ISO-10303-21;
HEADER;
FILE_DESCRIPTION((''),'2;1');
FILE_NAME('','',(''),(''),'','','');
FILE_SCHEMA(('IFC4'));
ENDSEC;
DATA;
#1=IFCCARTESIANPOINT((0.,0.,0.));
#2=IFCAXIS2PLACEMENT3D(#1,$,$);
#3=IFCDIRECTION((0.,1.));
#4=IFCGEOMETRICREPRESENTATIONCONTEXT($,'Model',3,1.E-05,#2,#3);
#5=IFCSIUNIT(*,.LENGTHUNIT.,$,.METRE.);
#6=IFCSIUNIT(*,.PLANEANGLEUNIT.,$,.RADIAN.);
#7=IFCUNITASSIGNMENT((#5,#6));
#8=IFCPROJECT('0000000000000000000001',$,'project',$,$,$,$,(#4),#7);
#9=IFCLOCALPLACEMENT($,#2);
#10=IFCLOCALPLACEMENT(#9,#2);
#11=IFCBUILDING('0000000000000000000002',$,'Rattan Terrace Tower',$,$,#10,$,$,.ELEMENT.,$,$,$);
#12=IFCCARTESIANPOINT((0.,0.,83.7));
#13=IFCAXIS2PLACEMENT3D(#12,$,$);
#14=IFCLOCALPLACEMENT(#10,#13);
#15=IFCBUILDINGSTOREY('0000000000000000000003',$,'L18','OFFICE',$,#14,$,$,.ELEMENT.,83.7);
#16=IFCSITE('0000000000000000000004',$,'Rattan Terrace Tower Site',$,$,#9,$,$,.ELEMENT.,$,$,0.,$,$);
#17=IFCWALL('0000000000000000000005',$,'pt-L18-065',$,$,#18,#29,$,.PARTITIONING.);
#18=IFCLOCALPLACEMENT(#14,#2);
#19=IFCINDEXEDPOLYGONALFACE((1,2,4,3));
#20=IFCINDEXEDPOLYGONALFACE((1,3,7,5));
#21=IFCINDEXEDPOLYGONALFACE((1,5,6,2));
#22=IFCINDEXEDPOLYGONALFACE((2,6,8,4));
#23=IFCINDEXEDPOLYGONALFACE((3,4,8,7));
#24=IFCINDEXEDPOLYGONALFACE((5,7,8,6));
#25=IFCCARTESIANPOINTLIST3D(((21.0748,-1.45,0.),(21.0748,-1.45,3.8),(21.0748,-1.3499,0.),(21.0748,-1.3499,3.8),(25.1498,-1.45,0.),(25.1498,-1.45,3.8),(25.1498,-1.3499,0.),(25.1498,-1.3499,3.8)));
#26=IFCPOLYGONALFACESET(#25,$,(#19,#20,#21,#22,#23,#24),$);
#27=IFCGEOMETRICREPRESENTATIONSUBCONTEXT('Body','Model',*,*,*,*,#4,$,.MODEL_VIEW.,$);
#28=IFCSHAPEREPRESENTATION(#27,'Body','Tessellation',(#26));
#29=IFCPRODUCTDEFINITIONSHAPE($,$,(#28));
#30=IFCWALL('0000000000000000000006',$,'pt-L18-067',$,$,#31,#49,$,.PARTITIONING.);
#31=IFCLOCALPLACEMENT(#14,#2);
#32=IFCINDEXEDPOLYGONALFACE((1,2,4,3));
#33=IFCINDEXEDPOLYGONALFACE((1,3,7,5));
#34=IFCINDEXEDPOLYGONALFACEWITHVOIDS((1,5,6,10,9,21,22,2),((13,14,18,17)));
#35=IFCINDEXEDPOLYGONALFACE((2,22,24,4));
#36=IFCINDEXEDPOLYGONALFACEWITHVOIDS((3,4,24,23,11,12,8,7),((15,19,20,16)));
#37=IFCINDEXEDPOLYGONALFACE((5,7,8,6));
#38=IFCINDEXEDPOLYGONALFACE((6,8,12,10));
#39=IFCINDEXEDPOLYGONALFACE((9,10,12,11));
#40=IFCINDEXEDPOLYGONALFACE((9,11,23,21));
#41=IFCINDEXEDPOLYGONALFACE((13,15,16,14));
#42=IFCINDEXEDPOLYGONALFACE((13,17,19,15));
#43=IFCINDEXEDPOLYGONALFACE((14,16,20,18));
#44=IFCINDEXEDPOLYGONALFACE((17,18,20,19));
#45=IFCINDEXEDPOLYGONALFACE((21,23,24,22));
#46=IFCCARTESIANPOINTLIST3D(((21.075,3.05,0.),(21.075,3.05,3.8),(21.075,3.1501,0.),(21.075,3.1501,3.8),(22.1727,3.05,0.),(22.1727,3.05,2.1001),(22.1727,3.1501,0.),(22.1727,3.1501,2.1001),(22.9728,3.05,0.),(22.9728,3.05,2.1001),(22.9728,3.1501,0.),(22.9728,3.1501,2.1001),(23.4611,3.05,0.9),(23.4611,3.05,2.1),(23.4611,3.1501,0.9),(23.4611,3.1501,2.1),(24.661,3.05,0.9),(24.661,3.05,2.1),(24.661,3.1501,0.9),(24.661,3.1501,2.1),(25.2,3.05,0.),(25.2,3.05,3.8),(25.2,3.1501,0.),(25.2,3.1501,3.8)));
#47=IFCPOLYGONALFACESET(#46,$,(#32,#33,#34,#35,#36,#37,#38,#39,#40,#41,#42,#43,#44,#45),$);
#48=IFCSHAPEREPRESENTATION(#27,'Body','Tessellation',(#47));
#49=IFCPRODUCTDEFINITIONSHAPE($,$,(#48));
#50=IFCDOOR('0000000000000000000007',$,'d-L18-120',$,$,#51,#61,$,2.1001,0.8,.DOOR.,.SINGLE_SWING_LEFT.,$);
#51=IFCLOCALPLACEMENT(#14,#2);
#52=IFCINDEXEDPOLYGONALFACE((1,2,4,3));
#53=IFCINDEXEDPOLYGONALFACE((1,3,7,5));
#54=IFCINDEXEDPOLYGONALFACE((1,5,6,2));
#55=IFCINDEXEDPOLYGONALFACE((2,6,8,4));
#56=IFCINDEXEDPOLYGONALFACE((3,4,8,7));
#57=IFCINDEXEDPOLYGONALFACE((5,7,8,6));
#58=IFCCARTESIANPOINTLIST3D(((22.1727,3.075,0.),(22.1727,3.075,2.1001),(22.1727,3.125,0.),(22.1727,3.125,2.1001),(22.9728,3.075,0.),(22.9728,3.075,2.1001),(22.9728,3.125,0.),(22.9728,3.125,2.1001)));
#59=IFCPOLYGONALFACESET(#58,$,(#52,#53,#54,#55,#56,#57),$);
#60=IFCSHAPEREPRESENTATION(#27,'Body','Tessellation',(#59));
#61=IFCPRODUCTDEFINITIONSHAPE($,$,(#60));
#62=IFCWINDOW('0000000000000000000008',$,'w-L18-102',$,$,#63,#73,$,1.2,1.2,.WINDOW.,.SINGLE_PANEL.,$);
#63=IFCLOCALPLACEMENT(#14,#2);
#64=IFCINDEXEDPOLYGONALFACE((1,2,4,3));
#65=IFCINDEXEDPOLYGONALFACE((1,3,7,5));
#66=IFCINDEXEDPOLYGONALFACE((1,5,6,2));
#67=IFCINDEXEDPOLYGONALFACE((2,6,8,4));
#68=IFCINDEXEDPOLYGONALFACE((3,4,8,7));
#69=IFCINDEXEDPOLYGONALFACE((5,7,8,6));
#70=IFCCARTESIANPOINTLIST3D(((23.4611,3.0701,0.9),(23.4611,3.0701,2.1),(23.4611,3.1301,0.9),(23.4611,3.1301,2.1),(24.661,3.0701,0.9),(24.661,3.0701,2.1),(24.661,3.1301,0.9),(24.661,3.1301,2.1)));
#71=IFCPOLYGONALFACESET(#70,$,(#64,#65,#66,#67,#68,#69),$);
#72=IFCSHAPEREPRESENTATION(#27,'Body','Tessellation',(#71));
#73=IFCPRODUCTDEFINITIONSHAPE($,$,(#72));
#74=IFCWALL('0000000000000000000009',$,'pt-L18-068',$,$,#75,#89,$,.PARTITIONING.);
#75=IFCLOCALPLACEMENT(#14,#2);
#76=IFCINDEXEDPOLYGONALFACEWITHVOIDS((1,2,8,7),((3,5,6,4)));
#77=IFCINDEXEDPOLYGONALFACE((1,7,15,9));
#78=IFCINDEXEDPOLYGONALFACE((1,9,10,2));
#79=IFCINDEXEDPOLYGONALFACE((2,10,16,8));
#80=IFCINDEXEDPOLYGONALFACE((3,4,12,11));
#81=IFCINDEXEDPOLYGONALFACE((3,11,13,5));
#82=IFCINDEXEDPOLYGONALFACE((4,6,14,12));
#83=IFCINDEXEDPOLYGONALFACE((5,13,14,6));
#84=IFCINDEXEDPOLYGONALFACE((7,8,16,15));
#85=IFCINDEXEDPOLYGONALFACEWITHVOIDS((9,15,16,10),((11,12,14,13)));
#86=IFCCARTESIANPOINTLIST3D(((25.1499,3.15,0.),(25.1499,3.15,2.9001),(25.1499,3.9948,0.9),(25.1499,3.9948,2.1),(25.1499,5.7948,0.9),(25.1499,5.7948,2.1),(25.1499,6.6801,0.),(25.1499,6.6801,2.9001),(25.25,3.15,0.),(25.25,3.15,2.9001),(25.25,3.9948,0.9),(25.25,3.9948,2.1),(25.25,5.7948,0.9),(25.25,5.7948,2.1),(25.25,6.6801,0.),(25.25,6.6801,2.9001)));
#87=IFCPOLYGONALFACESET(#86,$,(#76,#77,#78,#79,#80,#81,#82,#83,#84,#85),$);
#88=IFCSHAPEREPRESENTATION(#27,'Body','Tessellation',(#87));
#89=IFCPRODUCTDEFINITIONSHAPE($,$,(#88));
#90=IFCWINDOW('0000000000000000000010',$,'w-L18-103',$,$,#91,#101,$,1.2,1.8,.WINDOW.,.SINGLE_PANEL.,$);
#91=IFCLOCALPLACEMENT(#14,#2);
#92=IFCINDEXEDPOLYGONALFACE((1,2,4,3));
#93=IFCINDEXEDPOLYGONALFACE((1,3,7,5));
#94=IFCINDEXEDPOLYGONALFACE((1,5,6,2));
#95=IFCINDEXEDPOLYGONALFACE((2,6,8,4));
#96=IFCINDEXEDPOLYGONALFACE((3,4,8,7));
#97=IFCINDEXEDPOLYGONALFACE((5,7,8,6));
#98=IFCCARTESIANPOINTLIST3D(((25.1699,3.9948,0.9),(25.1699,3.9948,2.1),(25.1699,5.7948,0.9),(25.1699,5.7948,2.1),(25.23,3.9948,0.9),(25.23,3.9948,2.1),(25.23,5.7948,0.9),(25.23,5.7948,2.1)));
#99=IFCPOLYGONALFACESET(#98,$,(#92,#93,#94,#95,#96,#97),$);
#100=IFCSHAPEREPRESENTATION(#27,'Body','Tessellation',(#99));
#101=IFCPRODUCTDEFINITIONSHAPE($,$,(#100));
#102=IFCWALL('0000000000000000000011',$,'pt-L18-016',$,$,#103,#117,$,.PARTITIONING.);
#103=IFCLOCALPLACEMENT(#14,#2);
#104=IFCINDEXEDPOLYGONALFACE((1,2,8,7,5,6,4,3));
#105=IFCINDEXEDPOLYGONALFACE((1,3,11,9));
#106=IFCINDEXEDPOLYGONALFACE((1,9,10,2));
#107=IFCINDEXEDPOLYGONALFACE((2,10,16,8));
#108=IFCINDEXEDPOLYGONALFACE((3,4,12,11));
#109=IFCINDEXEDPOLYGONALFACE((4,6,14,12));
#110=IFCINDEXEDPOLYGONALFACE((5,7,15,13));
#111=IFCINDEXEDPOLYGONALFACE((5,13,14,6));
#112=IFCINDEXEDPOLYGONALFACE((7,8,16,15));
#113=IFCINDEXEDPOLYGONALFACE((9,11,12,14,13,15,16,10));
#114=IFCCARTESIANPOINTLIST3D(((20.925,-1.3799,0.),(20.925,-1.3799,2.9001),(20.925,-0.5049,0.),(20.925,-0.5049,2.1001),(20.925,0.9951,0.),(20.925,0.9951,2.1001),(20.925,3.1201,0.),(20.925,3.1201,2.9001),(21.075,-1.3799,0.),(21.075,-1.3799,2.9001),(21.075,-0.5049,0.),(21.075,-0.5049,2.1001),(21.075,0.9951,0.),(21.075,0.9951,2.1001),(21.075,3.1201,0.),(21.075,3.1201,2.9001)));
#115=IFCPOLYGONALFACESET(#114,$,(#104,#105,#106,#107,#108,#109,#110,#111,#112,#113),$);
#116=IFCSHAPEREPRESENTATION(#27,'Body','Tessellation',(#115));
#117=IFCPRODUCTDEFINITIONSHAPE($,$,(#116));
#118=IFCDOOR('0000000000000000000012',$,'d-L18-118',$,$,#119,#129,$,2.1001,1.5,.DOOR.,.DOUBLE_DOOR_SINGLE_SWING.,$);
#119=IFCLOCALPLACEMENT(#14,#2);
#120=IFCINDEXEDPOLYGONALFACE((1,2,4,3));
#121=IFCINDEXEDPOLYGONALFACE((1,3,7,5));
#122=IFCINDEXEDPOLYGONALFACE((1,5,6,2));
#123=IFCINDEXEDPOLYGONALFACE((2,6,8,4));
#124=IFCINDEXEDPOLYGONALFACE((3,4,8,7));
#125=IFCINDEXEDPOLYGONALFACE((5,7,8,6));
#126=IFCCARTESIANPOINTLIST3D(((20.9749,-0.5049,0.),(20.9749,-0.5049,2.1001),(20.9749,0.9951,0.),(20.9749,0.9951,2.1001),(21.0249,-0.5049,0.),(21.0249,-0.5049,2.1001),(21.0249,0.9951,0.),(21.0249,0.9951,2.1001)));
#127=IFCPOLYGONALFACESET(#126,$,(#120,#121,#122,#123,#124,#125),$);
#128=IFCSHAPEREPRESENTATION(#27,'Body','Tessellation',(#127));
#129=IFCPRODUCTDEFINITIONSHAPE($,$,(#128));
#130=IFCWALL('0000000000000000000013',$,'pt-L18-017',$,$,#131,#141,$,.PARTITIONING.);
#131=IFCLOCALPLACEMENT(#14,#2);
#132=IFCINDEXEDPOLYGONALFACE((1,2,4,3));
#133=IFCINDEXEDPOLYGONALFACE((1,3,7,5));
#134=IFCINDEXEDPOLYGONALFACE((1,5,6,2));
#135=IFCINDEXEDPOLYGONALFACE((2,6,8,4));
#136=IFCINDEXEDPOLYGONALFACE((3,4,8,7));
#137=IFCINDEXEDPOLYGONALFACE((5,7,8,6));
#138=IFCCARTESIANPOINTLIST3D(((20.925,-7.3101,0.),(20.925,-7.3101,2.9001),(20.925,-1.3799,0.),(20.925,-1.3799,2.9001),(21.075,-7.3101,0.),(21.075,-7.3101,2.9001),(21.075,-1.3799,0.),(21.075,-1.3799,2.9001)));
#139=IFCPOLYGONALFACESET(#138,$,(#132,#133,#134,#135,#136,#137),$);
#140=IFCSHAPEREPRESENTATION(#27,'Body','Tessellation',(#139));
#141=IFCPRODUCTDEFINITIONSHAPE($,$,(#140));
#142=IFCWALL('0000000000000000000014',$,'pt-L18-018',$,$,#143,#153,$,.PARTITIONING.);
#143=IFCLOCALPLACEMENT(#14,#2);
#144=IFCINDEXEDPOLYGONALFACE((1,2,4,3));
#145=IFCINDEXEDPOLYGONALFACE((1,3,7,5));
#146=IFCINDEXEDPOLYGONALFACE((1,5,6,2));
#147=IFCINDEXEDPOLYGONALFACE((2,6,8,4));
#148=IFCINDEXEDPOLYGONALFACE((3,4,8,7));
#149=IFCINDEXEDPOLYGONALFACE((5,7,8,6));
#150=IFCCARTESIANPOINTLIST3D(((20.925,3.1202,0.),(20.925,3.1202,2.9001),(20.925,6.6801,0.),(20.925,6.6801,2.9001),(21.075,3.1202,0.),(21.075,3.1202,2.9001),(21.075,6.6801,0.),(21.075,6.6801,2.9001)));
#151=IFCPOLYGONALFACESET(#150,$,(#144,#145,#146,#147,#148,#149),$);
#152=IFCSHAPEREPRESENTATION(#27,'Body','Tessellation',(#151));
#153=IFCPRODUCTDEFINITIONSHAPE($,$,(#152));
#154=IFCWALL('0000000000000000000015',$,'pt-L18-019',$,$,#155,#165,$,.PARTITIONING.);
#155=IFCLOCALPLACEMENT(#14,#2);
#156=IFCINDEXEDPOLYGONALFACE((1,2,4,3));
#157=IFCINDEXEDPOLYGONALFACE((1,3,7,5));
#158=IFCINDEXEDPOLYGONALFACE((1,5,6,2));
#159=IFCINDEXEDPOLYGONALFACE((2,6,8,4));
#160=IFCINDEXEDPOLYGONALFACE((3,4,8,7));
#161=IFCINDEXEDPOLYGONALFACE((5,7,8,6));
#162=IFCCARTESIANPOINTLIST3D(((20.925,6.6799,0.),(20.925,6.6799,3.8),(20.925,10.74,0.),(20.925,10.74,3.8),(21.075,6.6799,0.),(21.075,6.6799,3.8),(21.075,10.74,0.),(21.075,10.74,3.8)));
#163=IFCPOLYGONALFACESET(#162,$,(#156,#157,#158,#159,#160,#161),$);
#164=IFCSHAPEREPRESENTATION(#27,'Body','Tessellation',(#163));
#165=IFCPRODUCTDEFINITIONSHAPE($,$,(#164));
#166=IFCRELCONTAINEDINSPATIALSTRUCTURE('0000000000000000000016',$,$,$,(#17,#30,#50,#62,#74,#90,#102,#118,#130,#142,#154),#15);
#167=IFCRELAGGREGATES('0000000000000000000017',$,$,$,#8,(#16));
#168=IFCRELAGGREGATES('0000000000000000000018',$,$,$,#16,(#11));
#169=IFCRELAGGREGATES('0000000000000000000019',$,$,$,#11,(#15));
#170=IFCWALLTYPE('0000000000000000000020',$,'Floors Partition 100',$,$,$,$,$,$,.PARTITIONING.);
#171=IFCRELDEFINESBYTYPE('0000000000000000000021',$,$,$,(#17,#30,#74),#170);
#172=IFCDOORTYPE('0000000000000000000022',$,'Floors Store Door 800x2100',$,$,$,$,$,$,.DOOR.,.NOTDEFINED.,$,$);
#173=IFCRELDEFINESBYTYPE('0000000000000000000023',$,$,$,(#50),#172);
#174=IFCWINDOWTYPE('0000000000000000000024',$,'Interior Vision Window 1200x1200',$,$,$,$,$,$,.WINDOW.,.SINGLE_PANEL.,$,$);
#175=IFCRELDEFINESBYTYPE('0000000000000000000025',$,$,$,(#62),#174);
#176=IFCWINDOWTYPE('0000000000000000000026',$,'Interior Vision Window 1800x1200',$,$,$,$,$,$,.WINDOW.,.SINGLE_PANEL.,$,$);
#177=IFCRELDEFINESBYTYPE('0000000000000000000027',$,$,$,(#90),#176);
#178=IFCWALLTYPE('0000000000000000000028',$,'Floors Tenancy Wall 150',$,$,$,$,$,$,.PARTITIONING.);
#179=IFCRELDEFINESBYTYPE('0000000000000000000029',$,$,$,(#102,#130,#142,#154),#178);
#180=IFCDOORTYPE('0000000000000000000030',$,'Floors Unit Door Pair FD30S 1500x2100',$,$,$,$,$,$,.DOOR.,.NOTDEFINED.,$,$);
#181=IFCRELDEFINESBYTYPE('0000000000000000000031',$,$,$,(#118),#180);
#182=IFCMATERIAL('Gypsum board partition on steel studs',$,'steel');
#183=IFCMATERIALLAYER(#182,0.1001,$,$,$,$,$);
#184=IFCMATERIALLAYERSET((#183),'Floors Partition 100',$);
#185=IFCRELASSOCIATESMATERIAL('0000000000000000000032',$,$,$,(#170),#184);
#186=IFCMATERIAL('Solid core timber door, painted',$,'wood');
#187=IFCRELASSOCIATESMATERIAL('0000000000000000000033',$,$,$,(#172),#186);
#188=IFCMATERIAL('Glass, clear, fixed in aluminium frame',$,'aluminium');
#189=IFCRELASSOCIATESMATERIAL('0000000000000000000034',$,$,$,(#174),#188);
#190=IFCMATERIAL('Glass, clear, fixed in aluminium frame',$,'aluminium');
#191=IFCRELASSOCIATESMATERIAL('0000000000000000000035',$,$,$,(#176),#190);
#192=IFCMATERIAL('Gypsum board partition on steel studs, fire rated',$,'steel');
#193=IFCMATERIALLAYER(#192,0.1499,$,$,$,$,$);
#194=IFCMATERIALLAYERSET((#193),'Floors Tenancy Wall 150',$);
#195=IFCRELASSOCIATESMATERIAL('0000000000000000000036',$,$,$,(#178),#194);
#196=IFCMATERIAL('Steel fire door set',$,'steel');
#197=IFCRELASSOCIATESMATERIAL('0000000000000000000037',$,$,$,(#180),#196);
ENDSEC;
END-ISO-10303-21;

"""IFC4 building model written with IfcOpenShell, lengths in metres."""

from ifc_helpers import new_model, si_unit, direction, frame, frame_2d, origin, place, context, subcontext, project, spatial, rectangle, extrude, material, layer, layer_set, type_object, element, fill, save


model = new_model("IFC4")

# Units and contexts
model_context = context("Model", 3, precision=1e-05, world=origin(), true_north=direction((0.0, 1.0)))
body_context = subcontext(model_context, "Body", "Model", "MODEL_VIEW")
ifc_project = project(units=[si_unit("LENGTHUNIT", "METRE"), si_unit("PLANEANGLEUNIT", "RADIAN")], contexts=[model_context])

# Site, building, storey
site_placement = place(None, origin())
site = spatial("IfcSite", under=ifc_project, at=site_placement, Name="Rattan Terrace Tower Site", CompositionType="ELEMENT", RefElevation=0.0)
building_placement = place(site_placement, origin())
building = spatial("IfcBuilding", under=site, at=building_placement, Name="Rattan Terrace Tower", CompositionType="ELEMENT")
storey_placement = place(building_placement, frame((0.0, 0.0, 83.7)))
storey = spatial("IfcBuildingStorey", under=building, at=storey_placement, Name="L18", Description="OFFICE", CompositionType="ELEMENT", Elevation=83.7)

# Wall
ifc_material_1 = material(Name="Gypsum board partition on steel studs", Category="steel")
ifc_layer_1 = layer(ifc_material_1, 0.1001)
ifc_layer_set_1 = layer_set([ifc_layer_1], Name="Floors Partition 100")
wall_type_1 = type_object("IfcWallType", Name="Floors Partition 100", PredefinedType="PARTITIONING", material=ifc_layer_set_1)
wall_1_placement = place(storey_placement, frame((25.1499, -1.3999, 0.0), z_axis=(0.0, 0.0, 1.0), x_axis=(-1.0, 0.0, 0.0)))
element("IfcWall", 1, at=wall_1_placement, inside=storey, type_object=wall_type_1, Name="pt-L18-065", PredefinedType="PARTITIONING", context=body_context, shape_type="SweptSolid", body=[
    extrude(rectangle(XDim=4.075, YDim=0.1001, at=frame_2d((2.0376, 0.0))), origin(), (0.0, 0.0, 1.0), 3.8),
])

# Wall, openings, door, window
wall_2_placement = place(storey_placement, frame((21.075, 3.1001, 0.0), z_axis=(0.0, 0.0, 1.0), x_axis=(1.0, 0.0, 0.0)))
wall_2 = element("IfcWall", 2, at=wall_2_placement, inside=storey, type_object=wall_type_1, Name="pt-L18-067", PredefinedType="PARTITIONING", context=body_context, shape_type="SweptSolid", body=[
    extrude(rectangle(XDim=4.125, YDim=0.1001, at=frame_2d((2.0625, 0.0))), origin(), (0.0, 0.0, 1.0), 3.8),
])
opening_1_placement = place(wall_2_placement, frame((1.0979, 0.0, 0.0)))
opening_1 = element("IfcOpeningElement", 3, at=opening_1_placement, cuts=wall_2, PredefinedType="OPENING", context=body_context, shape_type="SweptSolid", body=[
    extrude(rectangle(XDim=0.8, YDim=2.1001, at=frame_2d((0.3999, 1.05))), frame((0.0, 0.0605, 0.0), z_axis=(0.0, -1.0, 0.0), x_axis=(1.0, 0.0, 0.0)), (0.0, 0.0, 1.0), 0.1211),
])
opening_2_placement = place(wall_2_placement, frame((2.386, 0.0, 0.8999)))
opening_2 = element("IfcOpeningElement", 4, at=opening_2_placement, cuts=wall_2, PredefinedType="OPENING", context=body_context, shape_type="SweptSolid", body=[
    extrude(rectangle(XDim=1.2, YDim=1.2, at=frame_2d((0.6001, 0.6001))), frame((0.0, 0.0605, 0.0), z_axis=(0.0, -1.0, 0.0), x_axis=(1.0, 0.0, 0.0)), (0.0, 0.0, 1.0), 0.1211),
])
ifc_material_2 = material(Name="Solid core timber door, painted", Category="wood")
door_type_1 = type_object("IfcDoorType", Name="Floors Store Door 800x2100", OperationType="NOTDEFINED", PredefinedType="DOOR", material=ifc_material_2)
door_1_placement = place(opening_1_placement, origin())
door_1 = element("IfcDoor", 5, at=door_1_placement, inside=storey, type_object=door_type_1, Name="d-L18-120", OperationType="SINGLE_SWING_LEFT", OverallHeight=2.1001, OverallWidth=0.8, PredefinedType="DOOR", context=body_context, shape_type="SweptSolid", body=[
    extrude(rectangle(XDim=0.8, YDim=2.1001, at=frame_2d((0.3999, 1.05))), frame((0.0, 0.0249, 0.0), z_axis=(0.0, -1.0, 0.0), x_axis=(1.0, 0.0, 0.0)), (0.0, 0.0, 1.0), 0.05),
])
fill(opening_1, door_1)
ifc_material_3 = material(Name="Glass, clear, fixed in aluminium frame", Category="aluminium")
window_type_1 = type_object("IfcWindowType", Name="Interior Vision Window 1200x1200", PartitioningType="SINGLE_PANEL", PredefinedType="WINDOW", material=ifc_material_3)
window_1_placement = place(opening_2_placement, origin())
window_1 = element("IfcWindow", 6, at=window_1_placement, inside=storey, type_object=window_type_1, Name="w-L18-102", OverallHeight=1.2, OverallWidth=1.2, PartitioningType="SINGLE_PANEL", PredefinedType="WINDOW", context=body_context, shape_type="SweptSolid", body=[
    extrude(rectangle(XDim=1.2, YDim=1.2, at=frame_2d((0.6001, 0.6001))), frame((0.0, 0.03, 0.0), z_axis=(0.0, -1.0, 0.0), x_axis=(1.0, 0.0, 0.0)), (0.0, 0.0, 1.0), 0.0601),
])
fill(opening_2, window_1)

# Wall, opening, window
wall_3_placement = place(storey_placement, frame((25.2, 3.1499, 0.0), z_axis=(0.0, 0.0, 1.0), x_axis=(0.0, 1.0, 0.0)))
wall_3 = element("IfcWall", 7, at=wall_3_placement, inside=storey, type_object=wall_type_1, Name="pt-L18-068", PredefinedType="PARTITIONING", context=body_context, shape_type="SweptSolid", body=[
    extrude(rectangle(XDim=3.53, YDim=0.1001, at=frame_2d((1.7651, 0.0))), origin(), (0.0, 0.0, 1.0), 2.9001),
])
opening_3_placement = place(wall_3_placement, frame((0.845, 0.0, 0.8999)))
opening_3 = element("IfcOpeningElement", 8, at=opening_3_placement, cuts=wall_3, PredefinedType="OPENING", context=body_context, shape_type="SweptSolid", body=[
    extrude(rectangle(XDim=1.8, YDim=1.2, at=frame_2d((0.8999, 0.6001))), frame((0.0, 0.0605, 0.0), z_axis=(0.0, -1.0, 0.0), x_axis=(1.0, 0.0, 0.0)), (0.0, 0.0, 1.0), 0.1211),
])
ifc_material_4 = material(Name="Glass, clear, fixed in aluminium frame", Category="aluminium")
window_type_2 = type_object("IfcWindowType", Name="Interior Vision Window 1800x1200", PartitioningType="SINGLE_PANEL", PredefinedType="WINDOW", material=ifc_material_4)
window_2_placement = place(opening_3_placement, origin())
window_2 = element("IfcWindow", 9, at=window_2_placement, inside=storey, type_object=window_type_2, Name="w-L18-103", OverallHeight=1.2, OverallWidth=1.8, PartitioningType="SINGLE_PANEL", PredefinedType="WINDOW", context=body_context, shape_type="SweptSolid", body=[
    extrude(rectangle(XDim=1.8, YDim=1.2, at=frame_2d((0.8999, 0.6001))), frame((0.0, 0.03, 0.0), z_axis=(0.0, -1.0, 0.0), x_axis=(1.0, 0.0, 0.0)), (0.0, 0.0, 1.0), 0.0601),
])
fill(opening_3, window_2)

# Wall, opening, door
ifc_material_5 = material(Name="Gypsum board partition on steel studs, fire rated", Category="steel")
ifc_layer_2 = layer(ifc_material_5, 0.1499)
ifc_layer_set_2 = layer_set([ifc_layer_2], Name="Floors Tenancy Wall 150")
wall_type_2 = type_object("IfcWallType", Name="Floors Tenancy Wall 150", PredefinedType="PARTITIONING", material=ifc_layer_set_2)
wall_4_placement = place(storey_placement, frame((21.0, 3.1201, 0.0), z_axis=(0.0, 0.0, 1.0), x_axis=(0.0, -1.0, 0.0)))
wall_4 = element("IfcWall", 10, at=wall_4_placement, inside=storey, type_object=wall_type_2, Name="pt-L18-016", PredefinedType="PARTITIONING", context=body_context, shape_type="SweptSolid", body=[
    extrude(rectangle(XDim=4.5, YDim=0.1499, at=frame_2d((2.25, 0.0))), origin(), (0.0, 0.0, 1.0), 2.9001),
])
opening_4_placement = place(wall_4_placement, frame((2.125, 0.0, 0.0)))
opening_4 = element("IfcOpeningElement", 11, at=opening_4_placement, cuts=wall_4, PredefinedType="OPENING", context=body_context, shape_type="SweptSolid", body=[
    extrude(rectangle(XDim=1.5, YDim=2.1001, at=frame_2d((0.75, 1.05))), frame((0.0, 0.0854, 0.0), z_axis=(0.0, -1.0, 0.0), x_axis=(1.0, 0.0, 0.0)), (0.0, 0.0, 1.0), 0.1709),
])
ifc_material_6 = material(Name="Steel fire door set", Category="steel")
door_type_2 = type_object("IfcDoorType", Name="Floors Unit Door Pair FD30S 1500x2100", OperationType="NOTDEFINED", PredefinedType="DOOR", material=ifc_material_6)
door_2_placement = place(opening_4_placement, origin())
door_2 = element("IfcDoor", 12, at=door_2_placement, inside=storey, type_object=door_type_2, Name="d-L18-118", OperationType="DOUBLE_DOOR_SINGLE_SWING", OverallHeight=2.1001, OverallWidth=1.5, PredefinedType="DOOR", context=body_context, shape_type="SweptSolid", body=[
    extrude(rectangle(XDim=1.5, YDim=2.1001, at=frame_2d((0.75, 1.05))), frame((0.0, 0.0249, 0.0), z_axis=(0.0, -1.0, 0.0), x_axis=(1.0, 0.0, 0.0)), (0.0, 0.0, 1.0), 0.05),
])
fill(opening_4, door_2)

# Walls
wall_5_placement = place(storey_placement, frame((21.0, -1.3799, 0.0), z_axis=(0.0, 0.0, 1.0), x_axis=(0.0, -1.0, 0.0)))
element("IfcWall", 13, at=wall_5_placement, inside=storey, type_object=wall_type_2, Name="pt-L18-017", PredefinedType="PARTITIONING", context=body_context, shape_type="SweptSolid", body=[
    extrude(rectangle(XDim=5.9302, YDim=0.1499, at=frame_2d((2.9651, 0.0))), origin(), (0.0, 0.0, 1.0), 2.9001),
])
wall_6_placement = place(storey_placement, frame((21.0, 6.6799, 0.0), z_axis=(0.0, 0.0, 1.0), x_axis=(0.0, -1.0, 0.0)))
element("IfcWall", 14, at=wall_6_placement, inside=storey, type_object=wall_type_2, Name="pt-L18-018", PredefinedType="PARTITIONING", context=body_context, shape_type="SweptSolid", body=[
    extrude(rectangle(XDim=3.5598, YDim=0.1499, at=frame_2d((1.7798, 0.0))), origin(), (0.0, 0.0, 1.0), 2.9001),
])
wall_7_placement = place(storey_placement, frame((21.0, 10.74, 0.0), z_axis=(0.0, 0.0, 1.0), x_axis=(0.0, -1.0, 0.0)))
element("IfcWall", 15, at=wall_7_placement, inside=storey, type_object=wall_type_2, Name="pt-L18-019", PredefinedType="PARTITIONING", context=body_context, shape_type="SweptSolid", body=[
    extrude(rectangle(XDim=4.0601, YDim=0.1499, at=frame_2d((2.03, 0.0))), origin(), (0.0, 0.0, 1.0), 3.8),
])

save(model, "model.ifc")
